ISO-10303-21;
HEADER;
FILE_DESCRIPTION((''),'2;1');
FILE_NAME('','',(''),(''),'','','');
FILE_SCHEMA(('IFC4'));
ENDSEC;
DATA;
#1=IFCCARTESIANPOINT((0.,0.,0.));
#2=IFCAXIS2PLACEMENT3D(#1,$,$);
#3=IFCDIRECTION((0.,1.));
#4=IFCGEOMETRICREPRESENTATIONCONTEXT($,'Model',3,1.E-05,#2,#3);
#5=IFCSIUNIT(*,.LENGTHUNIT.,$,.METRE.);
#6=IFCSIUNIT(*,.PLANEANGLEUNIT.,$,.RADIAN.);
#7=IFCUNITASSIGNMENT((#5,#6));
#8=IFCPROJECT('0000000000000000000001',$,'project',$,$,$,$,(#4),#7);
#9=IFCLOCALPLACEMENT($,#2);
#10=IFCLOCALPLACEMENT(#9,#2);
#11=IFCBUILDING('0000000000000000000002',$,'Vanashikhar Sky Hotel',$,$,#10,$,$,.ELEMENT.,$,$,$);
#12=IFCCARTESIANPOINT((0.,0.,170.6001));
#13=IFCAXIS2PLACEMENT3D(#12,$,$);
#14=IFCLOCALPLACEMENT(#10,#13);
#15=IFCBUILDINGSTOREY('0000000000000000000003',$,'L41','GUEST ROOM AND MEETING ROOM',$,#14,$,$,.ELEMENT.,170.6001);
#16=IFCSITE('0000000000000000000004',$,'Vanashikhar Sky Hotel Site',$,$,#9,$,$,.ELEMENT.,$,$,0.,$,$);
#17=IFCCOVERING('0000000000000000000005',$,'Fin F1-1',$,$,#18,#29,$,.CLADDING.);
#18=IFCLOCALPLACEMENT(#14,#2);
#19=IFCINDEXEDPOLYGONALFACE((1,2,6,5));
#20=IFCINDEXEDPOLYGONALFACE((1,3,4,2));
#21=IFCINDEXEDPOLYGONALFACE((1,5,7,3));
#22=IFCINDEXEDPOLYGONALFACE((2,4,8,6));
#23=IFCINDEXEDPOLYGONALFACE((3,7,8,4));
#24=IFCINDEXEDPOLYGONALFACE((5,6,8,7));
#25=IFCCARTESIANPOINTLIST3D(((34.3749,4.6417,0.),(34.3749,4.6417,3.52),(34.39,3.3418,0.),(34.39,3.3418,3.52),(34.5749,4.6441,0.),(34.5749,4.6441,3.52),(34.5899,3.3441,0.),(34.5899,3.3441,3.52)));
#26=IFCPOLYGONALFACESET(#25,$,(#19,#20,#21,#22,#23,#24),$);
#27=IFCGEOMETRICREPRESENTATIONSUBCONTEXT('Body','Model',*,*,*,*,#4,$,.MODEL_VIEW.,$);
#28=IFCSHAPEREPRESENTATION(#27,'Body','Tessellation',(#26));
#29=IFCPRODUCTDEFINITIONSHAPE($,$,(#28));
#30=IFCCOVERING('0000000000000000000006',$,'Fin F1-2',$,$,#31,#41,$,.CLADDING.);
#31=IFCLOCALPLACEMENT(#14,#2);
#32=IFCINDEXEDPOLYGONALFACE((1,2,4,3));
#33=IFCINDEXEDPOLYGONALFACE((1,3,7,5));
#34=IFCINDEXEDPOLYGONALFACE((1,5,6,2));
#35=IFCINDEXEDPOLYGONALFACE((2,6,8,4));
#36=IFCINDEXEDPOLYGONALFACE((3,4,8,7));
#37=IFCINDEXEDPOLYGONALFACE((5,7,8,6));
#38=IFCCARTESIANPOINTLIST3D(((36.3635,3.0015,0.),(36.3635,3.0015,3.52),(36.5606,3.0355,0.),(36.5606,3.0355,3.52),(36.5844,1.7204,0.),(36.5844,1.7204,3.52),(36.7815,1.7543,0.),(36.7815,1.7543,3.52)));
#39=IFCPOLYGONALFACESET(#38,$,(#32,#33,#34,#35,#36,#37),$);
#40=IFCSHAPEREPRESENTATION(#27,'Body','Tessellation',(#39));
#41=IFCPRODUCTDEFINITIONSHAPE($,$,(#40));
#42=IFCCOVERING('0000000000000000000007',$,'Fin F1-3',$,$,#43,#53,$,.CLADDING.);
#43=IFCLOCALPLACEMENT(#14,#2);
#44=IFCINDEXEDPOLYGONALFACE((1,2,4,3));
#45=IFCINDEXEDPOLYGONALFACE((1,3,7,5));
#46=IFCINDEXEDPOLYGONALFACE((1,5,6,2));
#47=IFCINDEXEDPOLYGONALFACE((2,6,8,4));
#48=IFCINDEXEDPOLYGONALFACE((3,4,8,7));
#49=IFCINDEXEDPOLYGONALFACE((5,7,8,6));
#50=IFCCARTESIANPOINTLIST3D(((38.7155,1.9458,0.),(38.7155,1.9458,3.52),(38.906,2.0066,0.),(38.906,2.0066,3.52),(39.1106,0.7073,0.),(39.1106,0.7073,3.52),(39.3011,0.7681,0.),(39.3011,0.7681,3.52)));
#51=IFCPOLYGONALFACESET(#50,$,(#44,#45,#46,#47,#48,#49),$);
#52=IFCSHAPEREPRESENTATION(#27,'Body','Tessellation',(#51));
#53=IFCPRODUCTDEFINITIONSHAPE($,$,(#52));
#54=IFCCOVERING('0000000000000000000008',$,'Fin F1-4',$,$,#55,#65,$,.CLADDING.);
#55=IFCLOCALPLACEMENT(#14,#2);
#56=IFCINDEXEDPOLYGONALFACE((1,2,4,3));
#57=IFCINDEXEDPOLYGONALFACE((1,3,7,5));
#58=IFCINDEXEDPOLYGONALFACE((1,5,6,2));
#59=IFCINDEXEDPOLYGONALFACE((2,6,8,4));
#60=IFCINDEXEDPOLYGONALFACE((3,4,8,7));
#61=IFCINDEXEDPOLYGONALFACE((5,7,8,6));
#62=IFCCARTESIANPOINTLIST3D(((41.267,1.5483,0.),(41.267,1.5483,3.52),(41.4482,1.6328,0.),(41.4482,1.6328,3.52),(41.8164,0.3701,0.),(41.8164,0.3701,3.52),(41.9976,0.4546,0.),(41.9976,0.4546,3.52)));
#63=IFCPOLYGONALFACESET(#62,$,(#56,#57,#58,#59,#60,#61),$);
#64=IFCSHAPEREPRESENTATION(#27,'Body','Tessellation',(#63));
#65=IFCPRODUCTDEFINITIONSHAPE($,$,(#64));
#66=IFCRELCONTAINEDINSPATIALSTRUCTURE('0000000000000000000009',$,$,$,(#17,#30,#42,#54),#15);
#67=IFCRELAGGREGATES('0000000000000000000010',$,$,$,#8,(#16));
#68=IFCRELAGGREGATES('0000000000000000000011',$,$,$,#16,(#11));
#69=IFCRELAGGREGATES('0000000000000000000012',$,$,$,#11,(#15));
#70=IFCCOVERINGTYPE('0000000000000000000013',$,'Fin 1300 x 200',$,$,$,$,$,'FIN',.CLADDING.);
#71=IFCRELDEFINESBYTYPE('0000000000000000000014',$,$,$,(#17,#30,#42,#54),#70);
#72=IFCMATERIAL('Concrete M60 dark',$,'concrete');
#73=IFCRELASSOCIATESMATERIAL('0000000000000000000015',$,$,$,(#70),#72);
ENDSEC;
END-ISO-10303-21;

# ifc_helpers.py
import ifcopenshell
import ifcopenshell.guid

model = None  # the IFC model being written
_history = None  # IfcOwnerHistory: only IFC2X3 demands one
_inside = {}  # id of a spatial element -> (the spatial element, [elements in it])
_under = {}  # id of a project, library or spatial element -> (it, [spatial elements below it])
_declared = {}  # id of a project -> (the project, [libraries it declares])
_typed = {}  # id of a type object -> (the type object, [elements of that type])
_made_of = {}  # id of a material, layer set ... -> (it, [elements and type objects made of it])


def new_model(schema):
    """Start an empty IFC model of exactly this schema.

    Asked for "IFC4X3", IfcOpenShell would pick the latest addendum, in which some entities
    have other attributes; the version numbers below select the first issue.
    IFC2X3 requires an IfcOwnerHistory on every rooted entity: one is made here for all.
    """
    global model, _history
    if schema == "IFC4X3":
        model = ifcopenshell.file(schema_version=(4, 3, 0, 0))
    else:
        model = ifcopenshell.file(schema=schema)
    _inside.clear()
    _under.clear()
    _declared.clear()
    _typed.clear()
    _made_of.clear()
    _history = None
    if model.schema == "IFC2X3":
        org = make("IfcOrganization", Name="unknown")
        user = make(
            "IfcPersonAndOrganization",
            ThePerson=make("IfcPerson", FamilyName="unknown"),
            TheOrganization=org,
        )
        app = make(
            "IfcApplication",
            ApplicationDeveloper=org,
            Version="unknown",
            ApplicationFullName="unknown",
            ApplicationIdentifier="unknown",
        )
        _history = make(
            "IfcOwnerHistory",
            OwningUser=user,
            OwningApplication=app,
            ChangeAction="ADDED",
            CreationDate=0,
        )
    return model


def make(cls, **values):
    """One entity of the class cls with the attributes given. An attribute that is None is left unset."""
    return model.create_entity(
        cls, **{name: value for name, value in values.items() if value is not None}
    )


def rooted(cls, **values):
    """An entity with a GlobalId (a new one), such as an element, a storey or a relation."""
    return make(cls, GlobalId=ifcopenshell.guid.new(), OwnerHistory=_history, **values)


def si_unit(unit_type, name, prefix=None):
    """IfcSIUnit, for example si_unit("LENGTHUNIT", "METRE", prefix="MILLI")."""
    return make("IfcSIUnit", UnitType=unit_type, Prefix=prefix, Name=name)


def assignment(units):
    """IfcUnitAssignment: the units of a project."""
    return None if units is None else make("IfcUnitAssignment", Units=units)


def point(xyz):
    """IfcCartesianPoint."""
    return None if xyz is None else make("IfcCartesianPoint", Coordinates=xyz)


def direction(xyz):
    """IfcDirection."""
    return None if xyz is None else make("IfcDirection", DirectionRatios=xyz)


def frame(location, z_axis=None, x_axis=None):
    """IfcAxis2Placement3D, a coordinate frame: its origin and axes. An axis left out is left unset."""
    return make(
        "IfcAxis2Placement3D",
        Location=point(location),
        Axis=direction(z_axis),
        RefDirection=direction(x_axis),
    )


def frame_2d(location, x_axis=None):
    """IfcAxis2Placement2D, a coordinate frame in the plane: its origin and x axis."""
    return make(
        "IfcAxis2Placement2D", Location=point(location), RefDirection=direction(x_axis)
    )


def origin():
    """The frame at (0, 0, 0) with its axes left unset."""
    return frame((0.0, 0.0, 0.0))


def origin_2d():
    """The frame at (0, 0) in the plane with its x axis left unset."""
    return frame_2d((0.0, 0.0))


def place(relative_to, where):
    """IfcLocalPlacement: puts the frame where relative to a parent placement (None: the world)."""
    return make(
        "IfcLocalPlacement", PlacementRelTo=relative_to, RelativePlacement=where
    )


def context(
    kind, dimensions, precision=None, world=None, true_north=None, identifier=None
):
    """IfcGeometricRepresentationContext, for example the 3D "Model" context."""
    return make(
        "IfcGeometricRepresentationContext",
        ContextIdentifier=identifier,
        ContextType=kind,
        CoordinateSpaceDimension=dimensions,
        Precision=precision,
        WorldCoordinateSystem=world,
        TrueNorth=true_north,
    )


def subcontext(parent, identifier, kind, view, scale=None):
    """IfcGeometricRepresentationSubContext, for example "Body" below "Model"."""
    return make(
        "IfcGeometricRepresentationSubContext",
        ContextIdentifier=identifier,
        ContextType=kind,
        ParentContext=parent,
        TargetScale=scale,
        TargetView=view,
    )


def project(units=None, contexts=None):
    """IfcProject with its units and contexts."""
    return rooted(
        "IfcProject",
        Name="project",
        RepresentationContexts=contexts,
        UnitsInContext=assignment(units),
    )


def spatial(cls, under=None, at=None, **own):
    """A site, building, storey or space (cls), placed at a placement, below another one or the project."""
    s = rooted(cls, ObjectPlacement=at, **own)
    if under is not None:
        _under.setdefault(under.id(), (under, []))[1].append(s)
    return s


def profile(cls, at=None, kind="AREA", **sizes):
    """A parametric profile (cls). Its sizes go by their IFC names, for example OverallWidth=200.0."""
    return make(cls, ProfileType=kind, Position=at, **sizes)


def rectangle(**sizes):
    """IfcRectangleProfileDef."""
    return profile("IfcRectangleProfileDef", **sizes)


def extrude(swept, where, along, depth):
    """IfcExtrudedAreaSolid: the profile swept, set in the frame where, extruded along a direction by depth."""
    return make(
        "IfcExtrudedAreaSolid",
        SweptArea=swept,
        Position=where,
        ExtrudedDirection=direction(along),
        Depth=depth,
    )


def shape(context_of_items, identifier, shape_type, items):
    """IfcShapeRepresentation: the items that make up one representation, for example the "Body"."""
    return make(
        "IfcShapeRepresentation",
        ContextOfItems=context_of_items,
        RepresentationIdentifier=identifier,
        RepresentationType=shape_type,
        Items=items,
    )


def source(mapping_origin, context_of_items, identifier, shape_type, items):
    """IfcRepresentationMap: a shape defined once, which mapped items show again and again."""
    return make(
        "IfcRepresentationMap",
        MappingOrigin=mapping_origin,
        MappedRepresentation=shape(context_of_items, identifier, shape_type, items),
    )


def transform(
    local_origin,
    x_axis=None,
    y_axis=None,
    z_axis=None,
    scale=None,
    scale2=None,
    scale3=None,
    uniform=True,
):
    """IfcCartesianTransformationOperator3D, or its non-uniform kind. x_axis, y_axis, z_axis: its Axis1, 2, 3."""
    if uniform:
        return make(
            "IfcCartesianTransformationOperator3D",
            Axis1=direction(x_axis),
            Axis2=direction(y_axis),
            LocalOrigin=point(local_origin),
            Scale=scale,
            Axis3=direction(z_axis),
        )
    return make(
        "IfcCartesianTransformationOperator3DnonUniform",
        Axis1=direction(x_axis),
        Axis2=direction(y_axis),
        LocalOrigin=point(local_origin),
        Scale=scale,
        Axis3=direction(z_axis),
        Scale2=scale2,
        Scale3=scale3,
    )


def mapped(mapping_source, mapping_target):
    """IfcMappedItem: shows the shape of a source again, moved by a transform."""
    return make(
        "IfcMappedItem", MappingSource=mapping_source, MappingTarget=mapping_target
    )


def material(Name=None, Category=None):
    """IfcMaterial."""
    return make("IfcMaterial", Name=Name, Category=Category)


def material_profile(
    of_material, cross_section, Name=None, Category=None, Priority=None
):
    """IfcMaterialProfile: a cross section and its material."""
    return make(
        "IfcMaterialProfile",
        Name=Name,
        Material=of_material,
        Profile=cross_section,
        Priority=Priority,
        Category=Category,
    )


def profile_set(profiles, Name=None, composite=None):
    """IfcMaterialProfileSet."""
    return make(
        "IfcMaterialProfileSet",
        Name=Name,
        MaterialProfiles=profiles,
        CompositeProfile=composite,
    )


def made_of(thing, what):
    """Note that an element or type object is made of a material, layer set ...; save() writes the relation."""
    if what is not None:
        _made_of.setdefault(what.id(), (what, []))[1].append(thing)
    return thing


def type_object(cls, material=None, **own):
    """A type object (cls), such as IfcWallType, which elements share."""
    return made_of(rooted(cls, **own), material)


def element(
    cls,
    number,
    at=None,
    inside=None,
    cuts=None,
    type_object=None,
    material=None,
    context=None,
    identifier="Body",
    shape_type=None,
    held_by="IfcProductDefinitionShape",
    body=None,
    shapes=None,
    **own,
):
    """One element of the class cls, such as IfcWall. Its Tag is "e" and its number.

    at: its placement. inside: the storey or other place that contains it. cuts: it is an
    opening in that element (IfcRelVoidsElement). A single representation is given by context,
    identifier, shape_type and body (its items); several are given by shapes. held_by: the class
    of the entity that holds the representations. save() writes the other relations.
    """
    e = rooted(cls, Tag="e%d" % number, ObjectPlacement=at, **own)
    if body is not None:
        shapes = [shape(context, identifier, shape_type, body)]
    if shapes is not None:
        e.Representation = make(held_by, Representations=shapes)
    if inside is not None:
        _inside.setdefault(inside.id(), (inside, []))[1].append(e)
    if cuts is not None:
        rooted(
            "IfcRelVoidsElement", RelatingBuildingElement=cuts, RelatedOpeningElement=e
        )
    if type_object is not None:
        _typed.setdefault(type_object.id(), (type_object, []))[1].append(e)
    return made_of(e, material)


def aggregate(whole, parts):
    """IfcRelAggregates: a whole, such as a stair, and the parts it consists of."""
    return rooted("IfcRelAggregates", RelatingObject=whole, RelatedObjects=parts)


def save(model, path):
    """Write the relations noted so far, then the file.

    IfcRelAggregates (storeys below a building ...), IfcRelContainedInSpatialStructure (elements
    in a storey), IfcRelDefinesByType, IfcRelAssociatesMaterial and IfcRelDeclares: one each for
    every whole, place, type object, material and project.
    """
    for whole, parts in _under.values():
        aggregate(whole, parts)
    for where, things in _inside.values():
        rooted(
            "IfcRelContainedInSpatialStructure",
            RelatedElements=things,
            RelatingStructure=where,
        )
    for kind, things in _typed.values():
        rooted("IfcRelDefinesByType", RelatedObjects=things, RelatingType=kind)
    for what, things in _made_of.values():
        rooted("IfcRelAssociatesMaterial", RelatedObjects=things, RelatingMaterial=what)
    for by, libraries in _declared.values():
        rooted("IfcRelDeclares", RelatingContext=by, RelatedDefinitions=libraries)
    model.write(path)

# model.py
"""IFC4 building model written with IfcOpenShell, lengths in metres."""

from ifc_helpers import new_model, si_unit, direction, frame, origin, origin_2d, place, context, subcontext, project, spatial, rectangle, extrude, source, transform, mapped, material, material_profile, profile_set, type_object, element, save


model = new_model("IFC4")

# Units and contexts
model_context = context("Model", 3, precision=1e-05, world=origin(), true_north=direction((0.0, 1.0)))
body_context = subcontext(model_context, "Body", "Model", "MODEL_VIEW")
ifc_project = project(units=[si_unit("LENGTHUNIT", "METRE"), si_unit("PLANEANGLEUNIT", "RADIAN")], contexts=[model_context])

# Site, building, storey
site_placement = place(None, origin())
site = spatial("IfcSite", under=ifc_project, at=site_placement, Name="Vanashikhar Sky Hotel Site", CompositionType="ELEMENT", RefElevation=0.0)
building_placement = place(site_placement, origin())
building = spatial("IfcBuilding", under=site, at=building_placement, Name="Vanashikhar Sky Hotel", CompositionType="ELEMENT")
storey_placement = place(building_placement, frame((0.0, 0.0, 170.6001)))
storey = spatial("IfcBuildingStorey", under=building, at=storey_placement, Name="L41", Description="GUEST ROOM AND MEETING ROOM", CompositionType="ELEMENT", Elevation=170.6001)

# Coverings
ifc_material_1 = material(Name="Concrete M60 dark", Category="concrete")
ifc_material_profile_1 = material_profile(ifc_material_1, rectangle(XDim=1.3, YDim=0.2, at=origin_2d()))
ifc_profile_set_1 = profile_set([ifc_material_profile_1], Name="Fin 1300 x 200")
covering_type_1 = type_object("IfcCoveringType", Name="Fin 1300 x 200", ElementType="FIN", PredefinedType="CLADDING", material=ifc_profile_set_1)
shared_shape_1 = source(origin(), body_context, "Body", "SweptSolid", [
    extrude(rectangle(XDim=1.3, YDim=0.2, at=origin_2d()), origin(), (0.0, 0.0, 1.0), 3.52),
])
for number, where, z_axis, x_axis, name in (
    (1, (34.4824, 3.9929, 0.0), (0.0, 0.0, 1.0), (0.011589, -0.999933, 0.0), "Fin F1-1"),
    (2, (36.5725, 2.3779, 0.0), (0.0, 0.0, 1.0), (0.1699, -0.985461, 0.0), "Fin F1-2"),
    (3, (39.0083, 1.3569, 0.0), (0.0, 0.0, 1.0), (0.303967, -0.952683, 0.0), "Fin F1-3"),
    (4, (41.6323, 1.0015, 0.0), (0.0, 0.0, 1.0), (0.422618, -0.906308, 0.0), "Fin F1-4"),
):
    element("IfcCovering", number, at=place(storey_placement, frame(where, z_axis=z_axis, x_axis=x_axis)), inside=storey, type_object=covering_type_1, Name=name, PredefinedType="CLADDING", context=body_context, shape_type="MappedRepresentation", body=[
        mapped(shared_shape_1, transform((0.0, 0.0, 0.0), scale=1.0)),
    ])

save(model, "model.ifc")
